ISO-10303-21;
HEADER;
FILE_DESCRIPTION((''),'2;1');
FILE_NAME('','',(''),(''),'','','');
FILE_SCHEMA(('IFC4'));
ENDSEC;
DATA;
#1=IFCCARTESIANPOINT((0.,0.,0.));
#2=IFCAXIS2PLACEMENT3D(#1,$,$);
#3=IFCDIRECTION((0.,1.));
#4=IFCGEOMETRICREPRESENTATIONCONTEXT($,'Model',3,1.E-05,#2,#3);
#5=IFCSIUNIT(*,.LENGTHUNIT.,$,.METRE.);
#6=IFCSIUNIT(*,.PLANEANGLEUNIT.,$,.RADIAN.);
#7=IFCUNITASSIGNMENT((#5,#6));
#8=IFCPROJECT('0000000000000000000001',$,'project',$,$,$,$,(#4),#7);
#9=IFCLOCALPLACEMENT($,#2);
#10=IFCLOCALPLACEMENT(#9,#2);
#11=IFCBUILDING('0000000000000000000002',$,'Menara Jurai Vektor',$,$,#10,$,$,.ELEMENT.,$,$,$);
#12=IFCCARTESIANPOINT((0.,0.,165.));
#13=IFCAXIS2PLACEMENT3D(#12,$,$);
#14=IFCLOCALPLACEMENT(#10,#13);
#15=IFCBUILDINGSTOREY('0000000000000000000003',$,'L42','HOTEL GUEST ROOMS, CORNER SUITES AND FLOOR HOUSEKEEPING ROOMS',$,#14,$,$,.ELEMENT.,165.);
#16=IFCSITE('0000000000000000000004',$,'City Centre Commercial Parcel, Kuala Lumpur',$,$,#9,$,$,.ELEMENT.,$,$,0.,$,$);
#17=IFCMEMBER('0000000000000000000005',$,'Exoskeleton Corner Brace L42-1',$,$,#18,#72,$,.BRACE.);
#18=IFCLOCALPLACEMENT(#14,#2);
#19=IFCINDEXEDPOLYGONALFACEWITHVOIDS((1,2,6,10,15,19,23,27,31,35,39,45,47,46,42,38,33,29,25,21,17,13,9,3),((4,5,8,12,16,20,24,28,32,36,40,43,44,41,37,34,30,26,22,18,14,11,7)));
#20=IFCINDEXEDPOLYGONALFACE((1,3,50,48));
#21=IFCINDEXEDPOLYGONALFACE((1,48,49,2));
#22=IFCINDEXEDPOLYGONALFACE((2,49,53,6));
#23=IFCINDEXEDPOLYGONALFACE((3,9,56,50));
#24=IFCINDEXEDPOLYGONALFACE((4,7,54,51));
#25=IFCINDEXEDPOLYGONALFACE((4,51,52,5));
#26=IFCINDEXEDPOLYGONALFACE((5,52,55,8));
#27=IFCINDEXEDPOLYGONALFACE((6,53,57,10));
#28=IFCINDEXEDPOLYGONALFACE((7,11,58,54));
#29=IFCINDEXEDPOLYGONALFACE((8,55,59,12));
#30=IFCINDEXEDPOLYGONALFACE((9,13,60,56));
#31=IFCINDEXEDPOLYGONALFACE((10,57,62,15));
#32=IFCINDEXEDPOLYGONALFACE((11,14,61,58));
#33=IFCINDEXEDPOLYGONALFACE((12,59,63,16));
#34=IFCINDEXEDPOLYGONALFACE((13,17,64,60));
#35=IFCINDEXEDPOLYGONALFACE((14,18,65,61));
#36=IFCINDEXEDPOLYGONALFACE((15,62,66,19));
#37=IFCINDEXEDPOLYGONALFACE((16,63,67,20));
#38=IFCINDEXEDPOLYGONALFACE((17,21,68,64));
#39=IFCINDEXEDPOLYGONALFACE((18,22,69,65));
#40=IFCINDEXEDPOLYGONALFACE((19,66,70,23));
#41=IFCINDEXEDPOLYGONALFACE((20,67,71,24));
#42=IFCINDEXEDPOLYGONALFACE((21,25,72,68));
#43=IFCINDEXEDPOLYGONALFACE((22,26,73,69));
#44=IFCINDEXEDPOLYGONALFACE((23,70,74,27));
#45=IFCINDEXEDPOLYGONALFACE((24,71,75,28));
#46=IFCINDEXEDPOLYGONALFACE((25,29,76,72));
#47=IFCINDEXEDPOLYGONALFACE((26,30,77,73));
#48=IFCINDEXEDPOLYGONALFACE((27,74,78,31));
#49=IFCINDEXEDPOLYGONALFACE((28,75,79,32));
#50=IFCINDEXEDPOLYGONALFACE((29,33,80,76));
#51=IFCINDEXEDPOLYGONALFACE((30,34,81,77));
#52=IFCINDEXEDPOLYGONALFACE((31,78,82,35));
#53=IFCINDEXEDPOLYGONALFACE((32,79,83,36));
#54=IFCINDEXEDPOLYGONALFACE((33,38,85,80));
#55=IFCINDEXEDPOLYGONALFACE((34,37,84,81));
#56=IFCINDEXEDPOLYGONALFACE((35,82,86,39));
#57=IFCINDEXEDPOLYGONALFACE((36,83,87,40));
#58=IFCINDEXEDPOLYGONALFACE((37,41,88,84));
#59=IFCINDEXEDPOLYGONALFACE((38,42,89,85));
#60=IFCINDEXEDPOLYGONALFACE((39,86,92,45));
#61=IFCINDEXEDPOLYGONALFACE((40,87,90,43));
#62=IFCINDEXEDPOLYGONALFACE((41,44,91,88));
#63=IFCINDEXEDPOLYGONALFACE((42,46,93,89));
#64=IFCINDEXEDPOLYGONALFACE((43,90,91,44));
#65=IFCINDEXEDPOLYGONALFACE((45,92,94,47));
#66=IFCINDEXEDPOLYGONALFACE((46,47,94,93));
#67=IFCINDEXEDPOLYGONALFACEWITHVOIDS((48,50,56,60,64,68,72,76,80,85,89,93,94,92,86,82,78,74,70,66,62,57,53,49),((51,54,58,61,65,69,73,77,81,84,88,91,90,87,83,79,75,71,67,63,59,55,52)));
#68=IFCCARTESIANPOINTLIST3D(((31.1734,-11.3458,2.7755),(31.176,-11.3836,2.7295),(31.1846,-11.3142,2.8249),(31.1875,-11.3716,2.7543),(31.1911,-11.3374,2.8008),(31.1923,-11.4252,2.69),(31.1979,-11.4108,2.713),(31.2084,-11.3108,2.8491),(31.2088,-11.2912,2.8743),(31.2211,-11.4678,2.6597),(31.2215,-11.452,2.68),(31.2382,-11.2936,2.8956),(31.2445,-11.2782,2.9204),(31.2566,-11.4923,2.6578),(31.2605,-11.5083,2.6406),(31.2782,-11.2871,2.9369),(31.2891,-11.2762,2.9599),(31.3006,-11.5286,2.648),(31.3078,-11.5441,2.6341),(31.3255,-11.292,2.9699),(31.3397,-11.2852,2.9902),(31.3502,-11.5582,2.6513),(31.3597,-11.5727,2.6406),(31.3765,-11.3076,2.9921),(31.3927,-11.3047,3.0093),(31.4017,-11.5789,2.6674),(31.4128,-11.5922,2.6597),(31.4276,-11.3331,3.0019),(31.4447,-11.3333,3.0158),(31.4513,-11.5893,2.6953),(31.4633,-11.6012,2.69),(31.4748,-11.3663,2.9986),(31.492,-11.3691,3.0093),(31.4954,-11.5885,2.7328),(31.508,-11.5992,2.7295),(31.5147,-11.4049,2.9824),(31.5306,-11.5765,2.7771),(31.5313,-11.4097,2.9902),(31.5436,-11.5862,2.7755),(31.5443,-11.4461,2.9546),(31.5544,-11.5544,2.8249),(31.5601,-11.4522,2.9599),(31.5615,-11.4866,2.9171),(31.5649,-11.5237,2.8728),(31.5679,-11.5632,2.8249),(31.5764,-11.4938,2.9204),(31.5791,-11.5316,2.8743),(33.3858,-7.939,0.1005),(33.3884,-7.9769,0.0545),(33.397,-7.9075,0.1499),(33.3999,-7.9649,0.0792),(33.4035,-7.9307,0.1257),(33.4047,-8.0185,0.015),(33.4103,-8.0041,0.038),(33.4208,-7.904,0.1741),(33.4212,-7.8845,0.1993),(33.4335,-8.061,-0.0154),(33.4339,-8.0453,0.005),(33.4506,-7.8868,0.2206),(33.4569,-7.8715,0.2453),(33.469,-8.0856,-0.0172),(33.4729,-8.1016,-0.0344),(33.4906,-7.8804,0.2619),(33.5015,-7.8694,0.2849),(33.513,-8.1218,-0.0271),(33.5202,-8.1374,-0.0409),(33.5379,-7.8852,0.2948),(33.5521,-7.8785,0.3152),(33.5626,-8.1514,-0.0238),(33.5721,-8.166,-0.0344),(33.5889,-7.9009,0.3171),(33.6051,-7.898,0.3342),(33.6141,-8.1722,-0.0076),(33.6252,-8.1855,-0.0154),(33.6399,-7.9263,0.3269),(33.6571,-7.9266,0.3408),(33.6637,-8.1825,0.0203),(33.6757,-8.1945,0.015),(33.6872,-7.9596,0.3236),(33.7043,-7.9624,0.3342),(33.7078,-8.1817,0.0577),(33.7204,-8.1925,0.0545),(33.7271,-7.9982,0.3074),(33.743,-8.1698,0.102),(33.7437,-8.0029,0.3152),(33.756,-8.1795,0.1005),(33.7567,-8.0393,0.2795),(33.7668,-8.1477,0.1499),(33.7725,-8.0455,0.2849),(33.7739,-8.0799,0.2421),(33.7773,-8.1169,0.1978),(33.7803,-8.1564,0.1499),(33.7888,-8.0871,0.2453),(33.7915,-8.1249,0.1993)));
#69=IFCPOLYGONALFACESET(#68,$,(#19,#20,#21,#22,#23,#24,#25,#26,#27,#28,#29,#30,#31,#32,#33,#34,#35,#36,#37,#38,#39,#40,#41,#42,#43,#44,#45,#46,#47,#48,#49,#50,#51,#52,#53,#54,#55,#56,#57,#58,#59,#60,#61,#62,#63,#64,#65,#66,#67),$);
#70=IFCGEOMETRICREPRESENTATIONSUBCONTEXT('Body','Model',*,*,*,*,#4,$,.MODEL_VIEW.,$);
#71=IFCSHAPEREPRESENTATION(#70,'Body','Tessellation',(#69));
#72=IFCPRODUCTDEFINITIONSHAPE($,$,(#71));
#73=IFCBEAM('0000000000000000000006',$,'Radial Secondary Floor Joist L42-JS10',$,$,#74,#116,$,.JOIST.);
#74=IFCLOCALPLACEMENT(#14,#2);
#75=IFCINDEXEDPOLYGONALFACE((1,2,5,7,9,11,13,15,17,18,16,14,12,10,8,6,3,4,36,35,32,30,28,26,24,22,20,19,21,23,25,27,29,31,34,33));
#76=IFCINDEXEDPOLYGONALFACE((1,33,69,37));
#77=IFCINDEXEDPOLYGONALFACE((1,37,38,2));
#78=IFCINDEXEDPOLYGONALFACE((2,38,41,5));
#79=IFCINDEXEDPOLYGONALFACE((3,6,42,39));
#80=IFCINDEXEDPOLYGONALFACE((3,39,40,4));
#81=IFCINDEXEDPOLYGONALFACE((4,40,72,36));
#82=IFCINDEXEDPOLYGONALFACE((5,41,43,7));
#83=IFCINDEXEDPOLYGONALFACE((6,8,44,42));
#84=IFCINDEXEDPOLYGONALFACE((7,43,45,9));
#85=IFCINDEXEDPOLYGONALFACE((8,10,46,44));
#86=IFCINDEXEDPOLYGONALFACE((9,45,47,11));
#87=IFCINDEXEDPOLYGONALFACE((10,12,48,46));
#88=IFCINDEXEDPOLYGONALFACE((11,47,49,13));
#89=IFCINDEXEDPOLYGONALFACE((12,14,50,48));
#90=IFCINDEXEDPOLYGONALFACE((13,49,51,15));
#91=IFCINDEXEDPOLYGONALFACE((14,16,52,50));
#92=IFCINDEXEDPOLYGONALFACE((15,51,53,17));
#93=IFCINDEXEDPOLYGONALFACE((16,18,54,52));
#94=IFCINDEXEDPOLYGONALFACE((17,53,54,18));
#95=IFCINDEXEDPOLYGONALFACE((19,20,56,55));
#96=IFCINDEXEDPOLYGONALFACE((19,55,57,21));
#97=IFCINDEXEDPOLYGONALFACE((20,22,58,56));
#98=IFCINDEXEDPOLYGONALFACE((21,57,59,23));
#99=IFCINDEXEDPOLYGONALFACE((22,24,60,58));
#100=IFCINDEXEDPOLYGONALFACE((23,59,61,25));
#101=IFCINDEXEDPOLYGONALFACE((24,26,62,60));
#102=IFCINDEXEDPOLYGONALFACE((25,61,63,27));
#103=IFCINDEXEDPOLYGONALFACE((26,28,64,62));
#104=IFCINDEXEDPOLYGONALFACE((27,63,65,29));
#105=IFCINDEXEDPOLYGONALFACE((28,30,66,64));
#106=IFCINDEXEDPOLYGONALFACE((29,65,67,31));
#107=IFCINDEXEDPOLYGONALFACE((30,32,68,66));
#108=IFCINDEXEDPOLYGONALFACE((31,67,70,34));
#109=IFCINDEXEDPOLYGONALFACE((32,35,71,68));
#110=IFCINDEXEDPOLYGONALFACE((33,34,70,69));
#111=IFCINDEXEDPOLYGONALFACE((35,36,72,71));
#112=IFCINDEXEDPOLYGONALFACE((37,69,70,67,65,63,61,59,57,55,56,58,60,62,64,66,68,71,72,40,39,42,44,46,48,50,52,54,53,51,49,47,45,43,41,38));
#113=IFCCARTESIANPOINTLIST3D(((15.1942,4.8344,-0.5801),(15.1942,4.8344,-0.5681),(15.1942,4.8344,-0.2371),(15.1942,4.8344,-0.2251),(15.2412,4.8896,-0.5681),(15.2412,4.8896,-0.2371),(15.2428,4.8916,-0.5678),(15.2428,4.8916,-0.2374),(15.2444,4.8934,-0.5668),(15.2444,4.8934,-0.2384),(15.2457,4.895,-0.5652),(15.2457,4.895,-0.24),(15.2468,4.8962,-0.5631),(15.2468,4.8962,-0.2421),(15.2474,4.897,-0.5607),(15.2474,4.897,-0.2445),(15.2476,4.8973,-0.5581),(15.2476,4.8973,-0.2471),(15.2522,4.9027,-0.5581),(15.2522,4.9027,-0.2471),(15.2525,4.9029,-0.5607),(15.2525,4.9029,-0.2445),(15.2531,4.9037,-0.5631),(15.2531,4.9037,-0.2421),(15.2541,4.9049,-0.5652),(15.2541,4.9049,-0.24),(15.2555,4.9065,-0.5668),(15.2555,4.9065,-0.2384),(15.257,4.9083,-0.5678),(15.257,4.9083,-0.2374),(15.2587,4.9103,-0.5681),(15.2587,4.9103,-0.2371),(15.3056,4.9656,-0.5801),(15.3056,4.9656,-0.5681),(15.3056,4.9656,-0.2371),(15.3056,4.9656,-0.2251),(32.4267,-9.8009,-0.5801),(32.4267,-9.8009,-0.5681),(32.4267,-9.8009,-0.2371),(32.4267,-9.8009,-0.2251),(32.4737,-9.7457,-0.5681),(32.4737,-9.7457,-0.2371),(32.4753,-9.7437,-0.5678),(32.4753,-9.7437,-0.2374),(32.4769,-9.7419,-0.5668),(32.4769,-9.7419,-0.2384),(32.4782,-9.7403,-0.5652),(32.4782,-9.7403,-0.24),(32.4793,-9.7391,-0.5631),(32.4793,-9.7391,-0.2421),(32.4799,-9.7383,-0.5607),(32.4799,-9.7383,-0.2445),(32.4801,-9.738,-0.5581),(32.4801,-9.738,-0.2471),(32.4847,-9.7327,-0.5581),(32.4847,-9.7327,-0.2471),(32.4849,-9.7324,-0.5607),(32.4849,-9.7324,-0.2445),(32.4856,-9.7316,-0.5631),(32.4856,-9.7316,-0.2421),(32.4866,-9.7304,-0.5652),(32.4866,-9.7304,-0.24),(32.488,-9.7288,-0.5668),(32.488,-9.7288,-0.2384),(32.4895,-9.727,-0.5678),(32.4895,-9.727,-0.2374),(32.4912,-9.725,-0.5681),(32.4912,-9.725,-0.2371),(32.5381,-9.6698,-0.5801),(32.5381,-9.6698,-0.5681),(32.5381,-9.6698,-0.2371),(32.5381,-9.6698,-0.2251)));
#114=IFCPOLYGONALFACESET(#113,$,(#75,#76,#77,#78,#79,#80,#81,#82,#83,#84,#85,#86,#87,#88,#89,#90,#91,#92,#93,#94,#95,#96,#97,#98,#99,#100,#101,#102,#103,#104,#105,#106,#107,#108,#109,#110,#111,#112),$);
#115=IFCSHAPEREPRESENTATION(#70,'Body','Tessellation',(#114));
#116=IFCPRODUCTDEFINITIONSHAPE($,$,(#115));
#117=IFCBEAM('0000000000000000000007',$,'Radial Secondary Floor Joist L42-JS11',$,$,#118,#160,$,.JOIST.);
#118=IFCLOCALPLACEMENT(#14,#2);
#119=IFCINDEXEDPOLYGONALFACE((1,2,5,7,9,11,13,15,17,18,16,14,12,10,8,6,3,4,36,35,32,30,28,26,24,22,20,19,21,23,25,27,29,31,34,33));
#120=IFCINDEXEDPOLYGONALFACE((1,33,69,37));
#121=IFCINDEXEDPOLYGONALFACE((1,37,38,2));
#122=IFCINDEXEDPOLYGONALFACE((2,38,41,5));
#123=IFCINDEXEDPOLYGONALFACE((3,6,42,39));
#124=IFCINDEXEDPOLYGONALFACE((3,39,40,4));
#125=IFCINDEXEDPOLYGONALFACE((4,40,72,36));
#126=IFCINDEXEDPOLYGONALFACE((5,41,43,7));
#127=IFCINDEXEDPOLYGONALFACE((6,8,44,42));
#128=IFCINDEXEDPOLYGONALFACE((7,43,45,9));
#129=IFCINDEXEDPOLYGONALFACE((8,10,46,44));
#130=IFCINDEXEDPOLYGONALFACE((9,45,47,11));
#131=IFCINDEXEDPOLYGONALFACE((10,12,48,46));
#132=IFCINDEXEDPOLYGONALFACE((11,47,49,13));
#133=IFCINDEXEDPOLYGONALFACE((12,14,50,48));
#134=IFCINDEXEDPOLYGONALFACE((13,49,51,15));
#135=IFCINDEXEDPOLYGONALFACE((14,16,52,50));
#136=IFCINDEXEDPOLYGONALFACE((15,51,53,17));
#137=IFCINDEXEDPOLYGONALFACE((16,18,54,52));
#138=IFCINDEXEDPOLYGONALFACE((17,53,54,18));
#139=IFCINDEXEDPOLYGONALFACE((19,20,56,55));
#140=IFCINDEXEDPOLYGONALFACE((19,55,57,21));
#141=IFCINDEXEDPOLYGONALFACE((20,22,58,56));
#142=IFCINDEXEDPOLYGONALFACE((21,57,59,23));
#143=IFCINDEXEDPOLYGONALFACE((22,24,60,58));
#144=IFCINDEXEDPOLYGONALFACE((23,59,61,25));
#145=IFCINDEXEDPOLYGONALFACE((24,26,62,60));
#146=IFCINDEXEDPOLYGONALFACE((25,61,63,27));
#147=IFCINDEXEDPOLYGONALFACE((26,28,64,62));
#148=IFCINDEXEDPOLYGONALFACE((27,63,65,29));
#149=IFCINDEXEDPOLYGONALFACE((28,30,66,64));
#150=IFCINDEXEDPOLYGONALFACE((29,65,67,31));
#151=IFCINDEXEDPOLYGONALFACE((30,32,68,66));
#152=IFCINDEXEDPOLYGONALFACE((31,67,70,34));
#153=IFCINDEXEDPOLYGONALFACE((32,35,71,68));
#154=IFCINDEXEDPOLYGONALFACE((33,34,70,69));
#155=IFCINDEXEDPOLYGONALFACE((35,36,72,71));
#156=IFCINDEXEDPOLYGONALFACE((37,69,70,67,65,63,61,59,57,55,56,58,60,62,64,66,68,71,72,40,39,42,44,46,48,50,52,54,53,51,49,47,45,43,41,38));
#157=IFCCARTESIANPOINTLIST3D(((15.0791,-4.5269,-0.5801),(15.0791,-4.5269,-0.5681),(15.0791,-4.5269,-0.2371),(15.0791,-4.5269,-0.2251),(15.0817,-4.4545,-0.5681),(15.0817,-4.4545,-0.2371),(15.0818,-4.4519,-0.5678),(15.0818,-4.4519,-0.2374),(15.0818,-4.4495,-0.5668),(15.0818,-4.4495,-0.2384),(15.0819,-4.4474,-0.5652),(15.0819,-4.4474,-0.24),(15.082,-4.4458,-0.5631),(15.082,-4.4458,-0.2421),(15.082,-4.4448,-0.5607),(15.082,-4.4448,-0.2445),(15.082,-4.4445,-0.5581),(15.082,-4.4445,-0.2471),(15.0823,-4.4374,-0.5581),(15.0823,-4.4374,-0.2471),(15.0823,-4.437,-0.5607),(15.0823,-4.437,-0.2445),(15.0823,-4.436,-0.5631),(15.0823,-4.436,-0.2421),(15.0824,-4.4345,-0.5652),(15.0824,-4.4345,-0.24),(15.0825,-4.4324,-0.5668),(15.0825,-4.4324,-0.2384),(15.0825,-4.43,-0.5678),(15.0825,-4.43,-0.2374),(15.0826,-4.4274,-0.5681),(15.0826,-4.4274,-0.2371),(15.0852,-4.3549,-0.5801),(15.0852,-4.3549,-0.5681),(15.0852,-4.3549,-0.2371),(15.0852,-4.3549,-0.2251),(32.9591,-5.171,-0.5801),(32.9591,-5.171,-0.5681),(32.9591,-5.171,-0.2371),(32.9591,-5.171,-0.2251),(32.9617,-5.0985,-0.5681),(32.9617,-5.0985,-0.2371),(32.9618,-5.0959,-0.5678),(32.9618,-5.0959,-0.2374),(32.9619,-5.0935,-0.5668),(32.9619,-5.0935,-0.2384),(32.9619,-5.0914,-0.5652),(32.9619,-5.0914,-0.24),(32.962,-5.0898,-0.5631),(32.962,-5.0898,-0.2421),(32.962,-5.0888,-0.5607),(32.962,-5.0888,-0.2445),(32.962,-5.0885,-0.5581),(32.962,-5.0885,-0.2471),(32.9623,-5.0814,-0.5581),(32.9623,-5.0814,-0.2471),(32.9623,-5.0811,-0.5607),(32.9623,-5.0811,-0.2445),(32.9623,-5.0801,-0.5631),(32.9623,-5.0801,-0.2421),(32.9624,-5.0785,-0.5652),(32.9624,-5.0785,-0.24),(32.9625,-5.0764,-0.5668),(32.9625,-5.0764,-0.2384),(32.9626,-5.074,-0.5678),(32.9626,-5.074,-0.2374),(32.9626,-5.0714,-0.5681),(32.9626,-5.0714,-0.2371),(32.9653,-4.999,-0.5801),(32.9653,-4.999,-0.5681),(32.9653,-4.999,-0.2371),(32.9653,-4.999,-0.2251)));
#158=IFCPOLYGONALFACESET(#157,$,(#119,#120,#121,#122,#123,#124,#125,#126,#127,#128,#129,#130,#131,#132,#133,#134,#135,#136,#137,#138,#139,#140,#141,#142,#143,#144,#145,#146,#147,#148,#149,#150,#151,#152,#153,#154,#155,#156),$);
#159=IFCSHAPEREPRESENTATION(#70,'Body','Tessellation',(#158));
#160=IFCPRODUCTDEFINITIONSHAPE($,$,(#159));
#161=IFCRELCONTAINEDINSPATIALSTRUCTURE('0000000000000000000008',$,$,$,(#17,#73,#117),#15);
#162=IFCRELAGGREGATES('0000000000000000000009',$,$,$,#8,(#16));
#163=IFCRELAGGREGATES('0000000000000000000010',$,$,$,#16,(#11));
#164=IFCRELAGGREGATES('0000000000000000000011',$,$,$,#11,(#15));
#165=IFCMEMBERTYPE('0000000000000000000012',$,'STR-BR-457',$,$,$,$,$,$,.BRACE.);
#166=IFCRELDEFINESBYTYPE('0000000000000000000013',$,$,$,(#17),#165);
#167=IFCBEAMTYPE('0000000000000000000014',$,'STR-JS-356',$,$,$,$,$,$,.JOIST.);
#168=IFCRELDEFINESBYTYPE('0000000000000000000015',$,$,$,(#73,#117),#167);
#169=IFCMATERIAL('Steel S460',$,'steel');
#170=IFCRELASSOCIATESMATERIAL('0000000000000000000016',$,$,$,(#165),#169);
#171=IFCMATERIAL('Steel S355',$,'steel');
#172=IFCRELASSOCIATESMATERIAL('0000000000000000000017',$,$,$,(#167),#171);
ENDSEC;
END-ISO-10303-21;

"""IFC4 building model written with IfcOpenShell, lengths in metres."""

from ifc_helpers import new_model, si_unit, direction, frame, origin, origin_2d, place, context, subcontext, project, spatial, hollow_circle, i_section, extrude, material, material_profile, profile_set, type_object, element, save


model = new_model("IFC4")

# Units and contexts
model_context = context("Model", 3, precision=1e-05, world=origin(), true_north=direction((0.0, 1.0)))
body_context = subcontext(model_context, "Body", "Model", "MODEL_VIEW")
ifc_project = project(units=[si_unit("LENGTHUNIT", "METRE"), si_unit("PLANEANGLEUNIT", "RADIAN")], contexts=[model_context])

# Site, building, storey
site_placement = place(None, origin())
site = spatial("IfcSite", under=ifc_project, at=site_placement, Name="City Centre Commercial Parcel, Kuala Lumpur", CompositionType="ELEMENT", RefElevation=0.0)
building_placement = place(site_placement, origin())
building = spatial("IfcBuilding", under=site, at=building_placement, Name="Menara Jurai Vektor", CompositionType="ELEMENT")
storey_placement = place(building_placement, frame((0.0, 0.0, 165.0)))
storey = spatial("IfcBuildingStorey", under=building, at=storey_placement, Name="L42", Description="HOTEL GUEST ROOMS, CORNER SUITES AND FLOOR HOUSEKEEPING ROOMS", CompositionType="ELEMENT", Elevation=165.0)

# Shared definitions
ifc_material_1 = material(Name="Steel S460", Category="steel")

# Shared definitions
ifc_material_2 = material(Name="Steel S355", Category="steel")

# Member
ifc_material_profile_1 = material_profile(ifc_material_1, hollow_circle(Radius=0.2285, WallThickness=0.0161, at=origin_2d()), Name="CHS 457x16")
ifc_profile_set_1 = profile_set([ifc_material_profile_1], Name="Steel S460")
member_type_1 = type_object("IfcMemberType", Name="STR-BR-457", PredefinedType="BRACE", material=ifc_profile_set_1)
member_1_placement = place(storey_placement, frame((33.5886, -8.032, 0.1499), z_axis=(-0.454872, -0.700428, 0.549992), x_axis=(0.838666, -0.544646, 0.0)))
element("IfcMember", 1, at=member_1_placement, inside=storey, type_object=member_type_1, Name="Exoskeleton Corner Brace L42-1", PredefinedType="BRACE", context=body_context, shape_type="SweptSolid", body=[
    extrude(hollow_circle(Radius=0.2285, WallThickness=0.0161, at=origin_2d()), origin(), (0.0, 0.0, 1.0), 4.8638),
])

# Beams
ifc_material_profile_2 = material_profile(ifc_material_2, i_section(OverallWidth=0.1721, OverallDepth=0.355, WebThickness=0.0071, FlangeThickness=0.012, FilletRadius=0.01, at=origin_2d()), Name="UKB 356x171x51")
ifc_profile_set_2 = profile_set([ifc_material_profile_2], Name="Steel S355")
beam_type_1 = type_object("IfcBeamType", Name="STR-JS-356", PredefinedType="JOIST", material=ifc_profile_set_2)
beam_1_placement = place(storey_placement, frame((32.4824, -9.7354, -0.4026), z_axis=(-0.762208, 0.647332, 0.0), x_axis=(-0.647332, -0.762208, 0.0)))
element("IfcBeam", 2, at=beam_1_placement, inside=storey, type_object=beam_type_1, Name="Radial Secondary Floor Joist L42-JS10", PredefinedType="JOIST", context=body_context, shape_type="SweptSolid", body=[
    extrude(i_section(OverallWidth=0.1721, OverallDepth=0.355, WebThickness=0.0071, FlangeThickness=0.012, FilletRadius=0.01, at=origin_2d()), origin(), (0.0, 0.0, 1.0), 22.6086),
])
beam_2_placement = place(storey_placement, frame((32.9622, -5.085, -0.4026), z_axis=(-0.999352, 0.035997, 0.0), x_axis=(-0.035997, -0.999352, 0.0)))
element("IfcBeam", 3, at=beam_2_placement, inside=storey, type_object=beam_type_1, Name="Radial Secondary Floor Joist L42-JS11", PredefinedType="JOIST", context=body_context, shape_type="SweptSolid", body=[
    extrude(i_section(OverallWidth=0.1721, OverallDepth=0.355, WebThickness=0.0071, FlangeThickness=0.012, FilletRadius=0.01, at=origin_2d()), origin(), (0.0, 0.0, 1.0), 17.8916),
])

save(model, "model.ifc")
